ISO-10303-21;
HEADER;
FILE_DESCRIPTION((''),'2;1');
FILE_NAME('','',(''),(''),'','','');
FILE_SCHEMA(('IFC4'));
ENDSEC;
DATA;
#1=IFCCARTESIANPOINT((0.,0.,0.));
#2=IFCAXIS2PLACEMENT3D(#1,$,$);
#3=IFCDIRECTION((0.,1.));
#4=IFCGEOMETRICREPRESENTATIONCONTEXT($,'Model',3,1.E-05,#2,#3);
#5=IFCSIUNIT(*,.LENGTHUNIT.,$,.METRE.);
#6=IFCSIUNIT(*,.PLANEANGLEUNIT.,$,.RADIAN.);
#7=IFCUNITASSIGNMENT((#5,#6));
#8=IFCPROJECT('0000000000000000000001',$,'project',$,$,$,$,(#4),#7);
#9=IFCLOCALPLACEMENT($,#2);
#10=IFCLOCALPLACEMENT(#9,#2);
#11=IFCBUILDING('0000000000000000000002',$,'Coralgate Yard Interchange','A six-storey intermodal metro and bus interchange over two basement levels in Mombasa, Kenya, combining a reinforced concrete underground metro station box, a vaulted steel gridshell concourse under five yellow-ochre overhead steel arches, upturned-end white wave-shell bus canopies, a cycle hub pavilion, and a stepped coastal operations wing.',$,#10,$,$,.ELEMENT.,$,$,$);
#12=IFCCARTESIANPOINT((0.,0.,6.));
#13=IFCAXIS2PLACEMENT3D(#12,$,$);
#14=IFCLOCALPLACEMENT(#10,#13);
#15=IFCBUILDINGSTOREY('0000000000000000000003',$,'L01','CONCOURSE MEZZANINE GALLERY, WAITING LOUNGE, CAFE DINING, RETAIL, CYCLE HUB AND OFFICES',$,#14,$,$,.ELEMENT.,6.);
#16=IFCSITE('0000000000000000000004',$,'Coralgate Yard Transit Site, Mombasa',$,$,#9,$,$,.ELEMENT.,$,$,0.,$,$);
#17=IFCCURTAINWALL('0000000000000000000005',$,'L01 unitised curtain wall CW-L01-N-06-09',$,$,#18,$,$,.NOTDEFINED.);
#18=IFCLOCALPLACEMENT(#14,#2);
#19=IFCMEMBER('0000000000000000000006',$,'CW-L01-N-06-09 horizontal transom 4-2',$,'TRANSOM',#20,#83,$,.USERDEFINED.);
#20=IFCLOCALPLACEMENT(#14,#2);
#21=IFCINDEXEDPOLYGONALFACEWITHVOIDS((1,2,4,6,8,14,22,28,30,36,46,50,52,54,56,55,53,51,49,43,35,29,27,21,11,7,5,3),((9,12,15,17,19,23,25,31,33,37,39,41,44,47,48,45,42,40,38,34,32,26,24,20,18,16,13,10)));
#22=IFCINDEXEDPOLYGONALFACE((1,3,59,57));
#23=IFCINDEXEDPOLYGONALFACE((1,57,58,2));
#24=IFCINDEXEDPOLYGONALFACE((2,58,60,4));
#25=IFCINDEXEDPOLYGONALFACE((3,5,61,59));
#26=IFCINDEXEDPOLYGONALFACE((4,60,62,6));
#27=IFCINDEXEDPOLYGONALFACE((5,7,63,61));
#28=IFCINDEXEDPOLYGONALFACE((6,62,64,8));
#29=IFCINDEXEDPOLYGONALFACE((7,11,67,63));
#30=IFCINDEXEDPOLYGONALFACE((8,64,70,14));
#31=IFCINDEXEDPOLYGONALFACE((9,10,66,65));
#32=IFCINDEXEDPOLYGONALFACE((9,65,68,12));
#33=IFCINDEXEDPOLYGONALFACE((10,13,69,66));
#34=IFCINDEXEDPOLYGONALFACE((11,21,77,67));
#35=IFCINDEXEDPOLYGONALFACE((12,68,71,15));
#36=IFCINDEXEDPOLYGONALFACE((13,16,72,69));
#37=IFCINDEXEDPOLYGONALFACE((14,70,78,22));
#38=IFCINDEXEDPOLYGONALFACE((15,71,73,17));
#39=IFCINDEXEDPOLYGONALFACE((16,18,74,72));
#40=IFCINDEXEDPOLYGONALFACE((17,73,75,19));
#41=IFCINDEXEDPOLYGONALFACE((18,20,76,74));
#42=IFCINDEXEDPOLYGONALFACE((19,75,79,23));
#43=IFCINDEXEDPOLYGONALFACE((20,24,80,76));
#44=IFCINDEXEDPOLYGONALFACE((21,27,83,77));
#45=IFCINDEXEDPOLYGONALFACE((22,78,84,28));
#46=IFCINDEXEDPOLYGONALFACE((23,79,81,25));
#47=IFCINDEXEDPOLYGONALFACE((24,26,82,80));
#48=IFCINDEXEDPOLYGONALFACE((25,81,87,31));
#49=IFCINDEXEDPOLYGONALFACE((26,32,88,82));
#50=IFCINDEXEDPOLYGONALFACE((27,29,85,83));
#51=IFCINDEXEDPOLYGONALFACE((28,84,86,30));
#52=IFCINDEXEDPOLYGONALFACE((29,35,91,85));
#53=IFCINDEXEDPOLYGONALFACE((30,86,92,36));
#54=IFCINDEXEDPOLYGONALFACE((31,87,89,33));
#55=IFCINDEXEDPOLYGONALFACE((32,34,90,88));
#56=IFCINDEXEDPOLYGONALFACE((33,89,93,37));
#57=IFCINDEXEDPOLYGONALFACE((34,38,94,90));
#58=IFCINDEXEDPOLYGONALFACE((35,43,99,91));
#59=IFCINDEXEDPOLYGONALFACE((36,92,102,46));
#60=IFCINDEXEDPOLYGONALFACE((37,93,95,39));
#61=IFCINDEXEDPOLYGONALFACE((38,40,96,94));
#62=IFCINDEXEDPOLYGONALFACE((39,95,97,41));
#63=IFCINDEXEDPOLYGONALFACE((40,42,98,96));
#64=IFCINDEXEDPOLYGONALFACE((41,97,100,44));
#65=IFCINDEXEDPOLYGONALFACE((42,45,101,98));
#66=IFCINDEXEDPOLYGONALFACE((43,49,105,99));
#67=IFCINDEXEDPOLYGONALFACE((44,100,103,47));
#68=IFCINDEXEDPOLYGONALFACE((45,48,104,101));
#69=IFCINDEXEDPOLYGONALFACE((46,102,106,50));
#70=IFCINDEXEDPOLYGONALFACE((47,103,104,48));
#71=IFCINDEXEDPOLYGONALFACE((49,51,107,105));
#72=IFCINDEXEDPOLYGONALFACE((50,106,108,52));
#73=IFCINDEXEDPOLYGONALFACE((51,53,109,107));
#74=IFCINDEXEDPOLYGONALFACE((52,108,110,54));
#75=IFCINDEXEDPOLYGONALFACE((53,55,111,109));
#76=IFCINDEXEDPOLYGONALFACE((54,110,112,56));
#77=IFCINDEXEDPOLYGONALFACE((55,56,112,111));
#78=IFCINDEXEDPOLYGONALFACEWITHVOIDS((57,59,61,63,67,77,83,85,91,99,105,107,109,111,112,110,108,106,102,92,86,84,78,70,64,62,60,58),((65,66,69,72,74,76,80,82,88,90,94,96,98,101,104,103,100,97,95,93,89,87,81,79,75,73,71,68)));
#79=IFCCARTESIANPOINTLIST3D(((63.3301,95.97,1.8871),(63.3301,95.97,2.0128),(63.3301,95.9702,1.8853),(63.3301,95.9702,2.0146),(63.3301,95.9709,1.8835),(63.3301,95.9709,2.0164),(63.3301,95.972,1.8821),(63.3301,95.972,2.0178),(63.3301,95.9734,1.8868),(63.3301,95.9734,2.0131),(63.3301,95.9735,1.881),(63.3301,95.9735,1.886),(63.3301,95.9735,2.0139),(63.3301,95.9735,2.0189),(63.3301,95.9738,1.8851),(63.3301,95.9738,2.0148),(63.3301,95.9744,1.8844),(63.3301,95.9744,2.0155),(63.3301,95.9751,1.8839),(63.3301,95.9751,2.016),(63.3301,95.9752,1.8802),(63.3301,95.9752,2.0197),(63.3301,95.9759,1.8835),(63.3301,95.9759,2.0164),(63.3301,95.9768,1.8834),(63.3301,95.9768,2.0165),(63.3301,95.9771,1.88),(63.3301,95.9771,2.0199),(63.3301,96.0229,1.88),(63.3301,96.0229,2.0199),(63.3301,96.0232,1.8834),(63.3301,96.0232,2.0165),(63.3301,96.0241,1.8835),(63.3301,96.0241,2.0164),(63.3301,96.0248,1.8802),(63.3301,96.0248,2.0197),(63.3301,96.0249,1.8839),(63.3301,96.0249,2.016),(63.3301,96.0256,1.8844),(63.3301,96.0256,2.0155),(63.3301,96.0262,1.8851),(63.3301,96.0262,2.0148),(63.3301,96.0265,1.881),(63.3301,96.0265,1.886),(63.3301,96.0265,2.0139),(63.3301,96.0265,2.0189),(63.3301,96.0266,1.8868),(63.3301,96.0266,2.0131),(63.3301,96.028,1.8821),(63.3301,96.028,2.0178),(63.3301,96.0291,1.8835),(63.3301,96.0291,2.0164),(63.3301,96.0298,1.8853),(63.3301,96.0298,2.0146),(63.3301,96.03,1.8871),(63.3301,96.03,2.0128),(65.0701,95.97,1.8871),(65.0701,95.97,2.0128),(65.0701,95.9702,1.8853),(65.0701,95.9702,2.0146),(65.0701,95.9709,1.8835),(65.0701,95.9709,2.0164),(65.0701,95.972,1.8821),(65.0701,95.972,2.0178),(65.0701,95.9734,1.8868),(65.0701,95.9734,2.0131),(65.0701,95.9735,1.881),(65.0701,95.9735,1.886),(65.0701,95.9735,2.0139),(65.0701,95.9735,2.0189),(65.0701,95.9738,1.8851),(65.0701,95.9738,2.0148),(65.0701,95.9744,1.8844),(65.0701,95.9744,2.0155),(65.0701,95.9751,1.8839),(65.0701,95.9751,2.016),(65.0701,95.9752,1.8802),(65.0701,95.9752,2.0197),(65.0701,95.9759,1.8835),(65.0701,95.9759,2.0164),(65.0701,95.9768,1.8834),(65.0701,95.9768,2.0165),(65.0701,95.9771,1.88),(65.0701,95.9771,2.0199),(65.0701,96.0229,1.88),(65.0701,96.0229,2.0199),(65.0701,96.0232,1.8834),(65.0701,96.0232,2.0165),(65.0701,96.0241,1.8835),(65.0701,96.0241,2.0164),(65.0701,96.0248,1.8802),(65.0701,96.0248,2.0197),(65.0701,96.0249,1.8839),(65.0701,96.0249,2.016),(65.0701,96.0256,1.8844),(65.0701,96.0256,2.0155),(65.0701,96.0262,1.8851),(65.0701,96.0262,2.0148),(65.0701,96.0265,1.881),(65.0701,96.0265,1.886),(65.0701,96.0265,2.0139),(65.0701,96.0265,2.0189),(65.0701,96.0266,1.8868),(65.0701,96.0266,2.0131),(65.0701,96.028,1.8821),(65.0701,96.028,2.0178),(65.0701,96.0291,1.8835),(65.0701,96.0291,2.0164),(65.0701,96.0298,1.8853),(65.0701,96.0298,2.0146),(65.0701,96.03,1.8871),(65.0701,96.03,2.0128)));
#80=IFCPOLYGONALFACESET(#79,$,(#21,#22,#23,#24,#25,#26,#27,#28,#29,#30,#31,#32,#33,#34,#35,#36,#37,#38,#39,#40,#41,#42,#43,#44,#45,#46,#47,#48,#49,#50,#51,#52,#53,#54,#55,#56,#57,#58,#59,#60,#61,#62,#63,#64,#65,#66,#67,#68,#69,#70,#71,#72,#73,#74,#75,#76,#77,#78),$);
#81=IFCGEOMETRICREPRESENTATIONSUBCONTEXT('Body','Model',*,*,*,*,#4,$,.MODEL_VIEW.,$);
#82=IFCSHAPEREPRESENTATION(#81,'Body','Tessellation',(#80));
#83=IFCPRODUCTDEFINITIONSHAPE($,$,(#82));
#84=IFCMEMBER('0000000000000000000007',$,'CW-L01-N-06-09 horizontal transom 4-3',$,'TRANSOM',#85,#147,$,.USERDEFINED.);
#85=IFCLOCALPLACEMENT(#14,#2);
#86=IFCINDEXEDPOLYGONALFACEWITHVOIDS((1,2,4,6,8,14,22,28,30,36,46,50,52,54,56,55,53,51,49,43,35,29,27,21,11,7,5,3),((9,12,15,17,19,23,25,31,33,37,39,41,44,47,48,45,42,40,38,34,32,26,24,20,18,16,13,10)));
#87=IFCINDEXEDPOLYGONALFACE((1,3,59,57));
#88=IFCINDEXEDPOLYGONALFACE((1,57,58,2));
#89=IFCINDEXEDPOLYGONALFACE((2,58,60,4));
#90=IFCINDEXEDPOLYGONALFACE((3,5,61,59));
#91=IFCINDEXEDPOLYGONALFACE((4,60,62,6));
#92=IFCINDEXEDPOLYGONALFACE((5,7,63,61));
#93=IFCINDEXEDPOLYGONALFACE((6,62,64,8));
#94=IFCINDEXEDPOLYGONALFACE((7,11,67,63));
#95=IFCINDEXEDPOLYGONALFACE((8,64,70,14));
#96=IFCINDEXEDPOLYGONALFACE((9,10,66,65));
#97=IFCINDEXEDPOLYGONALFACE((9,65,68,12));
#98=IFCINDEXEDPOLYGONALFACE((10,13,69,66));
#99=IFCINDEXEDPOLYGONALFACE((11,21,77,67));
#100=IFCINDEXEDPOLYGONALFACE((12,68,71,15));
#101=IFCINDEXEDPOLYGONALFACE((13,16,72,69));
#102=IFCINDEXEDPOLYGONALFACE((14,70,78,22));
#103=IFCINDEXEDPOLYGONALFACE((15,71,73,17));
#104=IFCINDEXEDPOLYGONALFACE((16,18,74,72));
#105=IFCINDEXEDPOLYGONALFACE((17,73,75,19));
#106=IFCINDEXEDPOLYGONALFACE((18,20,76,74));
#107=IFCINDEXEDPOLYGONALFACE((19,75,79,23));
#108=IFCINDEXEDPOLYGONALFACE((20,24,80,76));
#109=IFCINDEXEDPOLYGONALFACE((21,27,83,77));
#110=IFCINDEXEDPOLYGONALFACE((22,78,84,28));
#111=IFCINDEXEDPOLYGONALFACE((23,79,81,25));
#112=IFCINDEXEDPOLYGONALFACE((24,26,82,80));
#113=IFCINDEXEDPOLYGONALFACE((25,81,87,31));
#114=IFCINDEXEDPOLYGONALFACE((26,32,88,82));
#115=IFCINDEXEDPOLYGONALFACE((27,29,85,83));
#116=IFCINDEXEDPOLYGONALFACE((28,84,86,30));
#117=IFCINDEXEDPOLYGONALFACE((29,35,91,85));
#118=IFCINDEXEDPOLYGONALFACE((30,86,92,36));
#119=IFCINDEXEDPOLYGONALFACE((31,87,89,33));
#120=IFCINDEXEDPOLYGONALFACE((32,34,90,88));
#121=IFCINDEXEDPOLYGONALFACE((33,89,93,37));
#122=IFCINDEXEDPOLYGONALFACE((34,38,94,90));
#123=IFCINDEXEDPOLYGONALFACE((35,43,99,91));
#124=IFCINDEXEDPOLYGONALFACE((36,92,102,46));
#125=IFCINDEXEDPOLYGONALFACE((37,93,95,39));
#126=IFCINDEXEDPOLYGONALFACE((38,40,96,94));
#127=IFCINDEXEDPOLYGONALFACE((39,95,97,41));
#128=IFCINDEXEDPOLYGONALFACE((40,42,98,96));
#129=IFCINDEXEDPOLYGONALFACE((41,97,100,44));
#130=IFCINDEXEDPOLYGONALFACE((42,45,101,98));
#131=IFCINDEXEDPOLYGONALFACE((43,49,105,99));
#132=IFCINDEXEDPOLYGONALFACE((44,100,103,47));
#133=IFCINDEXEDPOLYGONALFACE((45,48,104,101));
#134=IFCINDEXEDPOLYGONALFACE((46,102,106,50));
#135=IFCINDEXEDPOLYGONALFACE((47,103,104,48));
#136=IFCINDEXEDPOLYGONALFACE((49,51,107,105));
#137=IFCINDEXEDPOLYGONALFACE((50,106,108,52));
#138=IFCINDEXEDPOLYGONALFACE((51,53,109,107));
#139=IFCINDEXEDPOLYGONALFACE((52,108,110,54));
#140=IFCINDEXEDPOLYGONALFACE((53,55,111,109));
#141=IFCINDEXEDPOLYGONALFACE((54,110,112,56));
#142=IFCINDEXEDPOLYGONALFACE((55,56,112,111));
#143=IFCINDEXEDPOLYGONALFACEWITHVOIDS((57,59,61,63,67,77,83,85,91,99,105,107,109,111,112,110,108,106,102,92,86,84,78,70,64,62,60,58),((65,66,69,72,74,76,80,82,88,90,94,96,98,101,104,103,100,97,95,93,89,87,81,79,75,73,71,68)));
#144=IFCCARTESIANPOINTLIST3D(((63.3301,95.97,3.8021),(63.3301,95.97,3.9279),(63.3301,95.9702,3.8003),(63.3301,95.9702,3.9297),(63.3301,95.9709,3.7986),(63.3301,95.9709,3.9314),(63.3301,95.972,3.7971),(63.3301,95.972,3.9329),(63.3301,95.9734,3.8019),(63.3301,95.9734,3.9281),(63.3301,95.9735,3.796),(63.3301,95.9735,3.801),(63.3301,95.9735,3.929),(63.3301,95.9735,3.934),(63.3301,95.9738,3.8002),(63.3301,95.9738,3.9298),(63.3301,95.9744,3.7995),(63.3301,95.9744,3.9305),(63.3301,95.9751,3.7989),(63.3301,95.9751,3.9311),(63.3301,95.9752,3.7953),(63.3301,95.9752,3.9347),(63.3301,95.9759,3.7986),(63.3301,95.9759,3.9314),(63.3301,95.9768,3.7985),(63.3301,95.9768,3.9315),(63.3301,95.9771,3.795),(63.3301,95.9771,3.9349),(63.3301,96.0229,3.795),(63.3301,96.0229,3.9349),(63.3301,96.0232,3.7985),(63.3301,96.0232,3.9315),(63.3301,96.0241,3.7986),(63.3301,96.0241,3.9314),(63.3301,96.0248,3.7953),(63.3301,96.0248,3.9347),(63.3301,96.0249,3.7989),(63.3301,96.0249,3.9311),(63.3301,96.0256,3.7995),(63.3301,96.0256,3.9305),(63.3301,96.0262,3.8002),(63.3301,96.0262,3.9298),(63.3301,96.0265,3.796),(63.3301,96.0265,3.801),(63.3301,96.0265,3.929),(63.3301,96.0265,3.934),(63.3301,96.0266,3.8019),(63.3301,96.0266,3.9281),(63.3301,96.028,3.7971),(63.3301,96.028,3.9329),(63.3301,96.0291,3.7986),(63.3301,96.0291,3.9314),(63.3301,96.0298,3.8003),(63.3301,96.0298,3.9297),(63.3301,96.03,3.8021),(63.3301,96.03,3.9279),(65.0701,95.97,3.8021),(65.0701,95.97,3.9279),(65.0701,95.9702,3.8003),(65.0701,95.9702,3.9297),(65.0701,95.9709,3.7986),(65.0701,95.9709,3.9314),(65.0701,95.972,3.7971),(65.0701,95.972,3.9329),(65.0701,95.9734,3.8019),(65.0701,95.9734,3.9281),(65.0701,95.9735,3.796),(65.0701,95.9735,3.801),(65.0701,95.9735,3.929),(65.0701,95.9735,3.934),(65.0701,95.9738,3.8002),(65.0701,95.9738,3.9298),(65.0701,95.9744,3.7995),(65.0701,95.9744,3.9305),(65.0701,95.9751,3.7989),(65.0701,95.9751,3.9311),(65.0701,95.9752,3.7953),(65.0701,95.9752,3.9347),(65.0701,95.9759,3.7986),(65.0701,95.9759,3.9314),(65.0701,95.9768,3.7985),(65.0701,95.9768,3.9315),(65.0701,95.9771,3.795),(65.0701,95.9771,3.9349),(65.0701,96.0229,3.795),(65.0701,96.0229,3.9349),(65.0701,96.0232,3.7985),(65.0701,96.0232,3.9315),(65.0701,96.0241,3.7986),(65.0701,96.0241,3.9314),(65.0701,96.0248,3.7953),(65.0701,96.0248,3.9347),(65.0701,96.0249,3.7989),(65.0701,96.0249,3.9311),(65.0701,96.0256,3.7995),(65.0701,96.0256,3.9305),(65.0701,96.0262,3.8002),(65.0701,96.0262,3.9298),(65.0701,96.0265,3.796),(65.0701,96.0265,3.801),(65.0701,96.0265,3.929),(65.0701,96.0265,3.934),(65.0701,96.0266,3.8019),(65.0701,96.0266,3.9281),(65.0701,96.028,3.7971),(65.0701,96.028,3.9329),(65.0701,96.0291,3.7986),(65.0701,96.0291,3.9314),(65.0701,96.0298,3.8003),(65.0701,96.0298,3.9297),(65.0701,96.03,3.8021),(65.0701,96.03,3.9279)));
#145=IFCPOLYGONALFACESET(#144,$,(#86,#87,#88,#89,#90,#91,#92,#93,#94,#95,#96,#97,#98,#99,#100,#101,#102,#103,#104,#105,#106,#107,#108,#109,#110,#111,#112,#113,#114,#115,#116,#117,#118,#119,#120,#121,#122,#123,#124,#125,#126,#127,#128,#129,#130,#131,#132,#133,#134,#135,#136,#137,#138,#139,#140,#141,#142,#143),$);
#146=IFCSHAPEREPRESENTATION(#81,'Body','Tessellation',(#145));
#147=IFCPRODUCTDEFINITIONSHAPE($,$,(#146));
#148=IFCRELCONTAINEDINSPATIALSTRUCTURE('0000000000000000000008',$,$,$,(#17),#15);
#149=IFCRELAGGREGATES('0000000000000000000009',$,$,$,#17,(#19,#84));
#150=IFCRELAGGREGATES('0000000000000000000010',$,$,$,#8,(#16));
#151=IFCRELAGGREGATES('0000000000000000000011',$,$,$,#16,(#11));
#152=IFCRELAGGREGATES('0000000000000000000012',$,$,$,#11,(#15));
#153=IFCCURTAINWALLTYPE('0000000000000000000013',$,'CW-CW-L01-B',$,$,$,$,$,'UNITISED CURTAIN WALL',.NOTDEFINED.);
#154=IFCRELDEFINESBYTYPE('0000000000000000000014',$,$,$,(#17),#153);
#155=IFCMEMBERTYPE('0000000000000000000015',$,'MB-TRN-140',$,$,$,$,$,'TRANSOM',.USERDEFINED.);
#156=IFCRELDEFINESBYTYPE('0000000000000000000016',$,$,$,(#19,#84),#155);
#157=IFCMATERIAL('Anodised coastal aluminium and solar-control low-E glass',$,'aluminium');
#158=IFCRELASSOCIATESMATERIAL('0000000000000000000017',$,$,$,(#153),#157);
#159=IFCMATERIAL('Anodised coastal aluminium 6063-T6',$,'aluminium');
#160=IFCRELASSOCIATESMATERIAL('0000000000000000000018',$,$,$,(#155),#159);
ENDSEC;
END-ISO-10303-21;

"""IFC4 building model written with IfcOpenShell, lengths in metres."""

from ifc_helpers import new_model, si_unit, direction, frame, origin, origin_2d, place, context, subcontext, project, spatial, hollow_rectangle, extrude, material, material_profile, profile_set, type_object, element, aggregate, save


model = new_model("IFC4")

# Units and contexts
model_context = context("Model", 3, precision=1e-05, world=origin(), true_north=direction((0.0, 1.0)))
body_context = subcontext(model_context, "Body", "Model", "MODEL_VIEW")
ifc_project = project(units=[si_unit("LENGTHUNIT", "METRE"), si_unit("PLANEANGLEUNIT", "RADIAN")], contexts=[model_context])

# Site, building, storey
site_placement = place(None, origin())
site = spatial("IfcSite", under=ifc_project, at=site_placement, Name="Coralgate Yard Transit Site, Mombasa", CompositionType="ELEMENT", RefElevation=0.0)
building_placement = place(site_placement, origin())
building = spatial("IfcBuilding", under=site, at=building_placement, Name="Coralgate Yard Interchange", Description="A six-storey intermodal metro and bus interchange over two basement levels in Mombasa, Kenya, combining a reinforced concrete underground metro station box, a vaulted steel gridshell concourse under five yellow-ochre overhead steel arches, upturned-end white wave-shell bus canopies, a cycle hub pavilion, and a stepped coastal operations wing.", CompositionType="ELEMENT")
storey_placement = place(building_placement, frame((0.0, 0.0, 6.0)))
storey = spatial("IfcBuildingStorey", under=building, at=storey_placement, Name="L01", Description="CONCOURSE MEZZANINE GALLERY, WAITING LOUNGE, CAFE DINING, RETAIL, CYCLE HUB AND OFFICES", CompositionType="ELEMENT", Elevation=6.0)

# Curtain wall
ifc_material_1 = material(Name="Anodised coastal aluminium and solar-control low-E glass", Category="aluminium")
curtain_wall_type = type_object("IfcCurtainWallType", Name="CW-CW-L01-B", ElementType="UNITISED CURTAIN WALL", PredefinedType="NOTDEFINED", material=ifc_material_1)
curtain_wall_1_placement = place(storey_placement, origin())
curtain_wall_1 = element("IfcCurtainWall", 1, at=curtain_wall_1_placement, inside=storey, type_object=curtain_wall_type, Name="L01 unitised curtain wall CW-L01-N-06-09", PredefinedType="NOTDEFINED")
ifc_material_2 = material(Name="Anodised coastal aluminium 6063-T6", Category="aluminium")

# Members
ifc_material_profile_1 = material_profile(ifc_material_2, hollow_rectangle(XDim=0.0601, YDim=0.1399, WallThickness=0.0034, InnerFilletRadius=0.0034, OuterFilletRadius=0.0071, at=origin_2d()), Name="ALU 60x140x3.5")
ifc_profile_set_1 = profile_set([ifc_material_profile_1], Name="Anodised coastal aluminium 6063-T6")
member_type_1 = type_object("IfcMemberType", Name="MB-TRN-140", ElementType="TRANSOM", PredefinedType="USERDEFINED", material=ifc_profile_set_1)
member_1_placement = place(storey_placement, frame((63.3301, 96.0, 1.95), z_axis=(1.0, 0.0, 0.0), x_axis=(0.0, 1.0, 0.0)))
member_1 = element("IfcMember", 2, at=member_1_placement, type_object=member_type_1, Name="CW-L01-N-06-09 horizontal transom 4-2", ObjectType="TRANSOM", PredefinedType="USERDEFINED", context=body_context, shape_type="SweptSolid", body=[
    extrude(hollow_rectangle(XDim=0.0601, YDim=0.1399, WallThickness=0.0034, InnerFilletRadius=0.0034, OuterFilletRadius=0.0071, at=origin_2d()), origin(), (0.0, 0.0, 1.0), 1.74),
])
member_2_placement = place(storey_placement, frame((63.3301, 96.0, 3.865), z_axis=(1.0, 0.0, 0.0), x_axis=(0.0, 1.0, 0.0)))
member_2 = element("IfcMember", 3, at=member_2_placement, type_object=member_type_1, Name="CW-L01-N-06-09 horizontal transom 4-3", ObjectType="TRANSOM", PredefinedType="USERDEFINED", context=body_context, shape_type="SweptSolid", body=[
    extrude(hollow_rectangle(XDim=0.0601, YDim=0.1399, WallThickness=0.0034, InnerFilletRadius=0.0034, OuterFilletRadius=0.0071, at=origin_2d()), origin(), (0.0, 0.0, 1.0), 1.74),
])

aggregate(curtain_wall_1, [member_1, member_2])

save(model, "model.ifc")
